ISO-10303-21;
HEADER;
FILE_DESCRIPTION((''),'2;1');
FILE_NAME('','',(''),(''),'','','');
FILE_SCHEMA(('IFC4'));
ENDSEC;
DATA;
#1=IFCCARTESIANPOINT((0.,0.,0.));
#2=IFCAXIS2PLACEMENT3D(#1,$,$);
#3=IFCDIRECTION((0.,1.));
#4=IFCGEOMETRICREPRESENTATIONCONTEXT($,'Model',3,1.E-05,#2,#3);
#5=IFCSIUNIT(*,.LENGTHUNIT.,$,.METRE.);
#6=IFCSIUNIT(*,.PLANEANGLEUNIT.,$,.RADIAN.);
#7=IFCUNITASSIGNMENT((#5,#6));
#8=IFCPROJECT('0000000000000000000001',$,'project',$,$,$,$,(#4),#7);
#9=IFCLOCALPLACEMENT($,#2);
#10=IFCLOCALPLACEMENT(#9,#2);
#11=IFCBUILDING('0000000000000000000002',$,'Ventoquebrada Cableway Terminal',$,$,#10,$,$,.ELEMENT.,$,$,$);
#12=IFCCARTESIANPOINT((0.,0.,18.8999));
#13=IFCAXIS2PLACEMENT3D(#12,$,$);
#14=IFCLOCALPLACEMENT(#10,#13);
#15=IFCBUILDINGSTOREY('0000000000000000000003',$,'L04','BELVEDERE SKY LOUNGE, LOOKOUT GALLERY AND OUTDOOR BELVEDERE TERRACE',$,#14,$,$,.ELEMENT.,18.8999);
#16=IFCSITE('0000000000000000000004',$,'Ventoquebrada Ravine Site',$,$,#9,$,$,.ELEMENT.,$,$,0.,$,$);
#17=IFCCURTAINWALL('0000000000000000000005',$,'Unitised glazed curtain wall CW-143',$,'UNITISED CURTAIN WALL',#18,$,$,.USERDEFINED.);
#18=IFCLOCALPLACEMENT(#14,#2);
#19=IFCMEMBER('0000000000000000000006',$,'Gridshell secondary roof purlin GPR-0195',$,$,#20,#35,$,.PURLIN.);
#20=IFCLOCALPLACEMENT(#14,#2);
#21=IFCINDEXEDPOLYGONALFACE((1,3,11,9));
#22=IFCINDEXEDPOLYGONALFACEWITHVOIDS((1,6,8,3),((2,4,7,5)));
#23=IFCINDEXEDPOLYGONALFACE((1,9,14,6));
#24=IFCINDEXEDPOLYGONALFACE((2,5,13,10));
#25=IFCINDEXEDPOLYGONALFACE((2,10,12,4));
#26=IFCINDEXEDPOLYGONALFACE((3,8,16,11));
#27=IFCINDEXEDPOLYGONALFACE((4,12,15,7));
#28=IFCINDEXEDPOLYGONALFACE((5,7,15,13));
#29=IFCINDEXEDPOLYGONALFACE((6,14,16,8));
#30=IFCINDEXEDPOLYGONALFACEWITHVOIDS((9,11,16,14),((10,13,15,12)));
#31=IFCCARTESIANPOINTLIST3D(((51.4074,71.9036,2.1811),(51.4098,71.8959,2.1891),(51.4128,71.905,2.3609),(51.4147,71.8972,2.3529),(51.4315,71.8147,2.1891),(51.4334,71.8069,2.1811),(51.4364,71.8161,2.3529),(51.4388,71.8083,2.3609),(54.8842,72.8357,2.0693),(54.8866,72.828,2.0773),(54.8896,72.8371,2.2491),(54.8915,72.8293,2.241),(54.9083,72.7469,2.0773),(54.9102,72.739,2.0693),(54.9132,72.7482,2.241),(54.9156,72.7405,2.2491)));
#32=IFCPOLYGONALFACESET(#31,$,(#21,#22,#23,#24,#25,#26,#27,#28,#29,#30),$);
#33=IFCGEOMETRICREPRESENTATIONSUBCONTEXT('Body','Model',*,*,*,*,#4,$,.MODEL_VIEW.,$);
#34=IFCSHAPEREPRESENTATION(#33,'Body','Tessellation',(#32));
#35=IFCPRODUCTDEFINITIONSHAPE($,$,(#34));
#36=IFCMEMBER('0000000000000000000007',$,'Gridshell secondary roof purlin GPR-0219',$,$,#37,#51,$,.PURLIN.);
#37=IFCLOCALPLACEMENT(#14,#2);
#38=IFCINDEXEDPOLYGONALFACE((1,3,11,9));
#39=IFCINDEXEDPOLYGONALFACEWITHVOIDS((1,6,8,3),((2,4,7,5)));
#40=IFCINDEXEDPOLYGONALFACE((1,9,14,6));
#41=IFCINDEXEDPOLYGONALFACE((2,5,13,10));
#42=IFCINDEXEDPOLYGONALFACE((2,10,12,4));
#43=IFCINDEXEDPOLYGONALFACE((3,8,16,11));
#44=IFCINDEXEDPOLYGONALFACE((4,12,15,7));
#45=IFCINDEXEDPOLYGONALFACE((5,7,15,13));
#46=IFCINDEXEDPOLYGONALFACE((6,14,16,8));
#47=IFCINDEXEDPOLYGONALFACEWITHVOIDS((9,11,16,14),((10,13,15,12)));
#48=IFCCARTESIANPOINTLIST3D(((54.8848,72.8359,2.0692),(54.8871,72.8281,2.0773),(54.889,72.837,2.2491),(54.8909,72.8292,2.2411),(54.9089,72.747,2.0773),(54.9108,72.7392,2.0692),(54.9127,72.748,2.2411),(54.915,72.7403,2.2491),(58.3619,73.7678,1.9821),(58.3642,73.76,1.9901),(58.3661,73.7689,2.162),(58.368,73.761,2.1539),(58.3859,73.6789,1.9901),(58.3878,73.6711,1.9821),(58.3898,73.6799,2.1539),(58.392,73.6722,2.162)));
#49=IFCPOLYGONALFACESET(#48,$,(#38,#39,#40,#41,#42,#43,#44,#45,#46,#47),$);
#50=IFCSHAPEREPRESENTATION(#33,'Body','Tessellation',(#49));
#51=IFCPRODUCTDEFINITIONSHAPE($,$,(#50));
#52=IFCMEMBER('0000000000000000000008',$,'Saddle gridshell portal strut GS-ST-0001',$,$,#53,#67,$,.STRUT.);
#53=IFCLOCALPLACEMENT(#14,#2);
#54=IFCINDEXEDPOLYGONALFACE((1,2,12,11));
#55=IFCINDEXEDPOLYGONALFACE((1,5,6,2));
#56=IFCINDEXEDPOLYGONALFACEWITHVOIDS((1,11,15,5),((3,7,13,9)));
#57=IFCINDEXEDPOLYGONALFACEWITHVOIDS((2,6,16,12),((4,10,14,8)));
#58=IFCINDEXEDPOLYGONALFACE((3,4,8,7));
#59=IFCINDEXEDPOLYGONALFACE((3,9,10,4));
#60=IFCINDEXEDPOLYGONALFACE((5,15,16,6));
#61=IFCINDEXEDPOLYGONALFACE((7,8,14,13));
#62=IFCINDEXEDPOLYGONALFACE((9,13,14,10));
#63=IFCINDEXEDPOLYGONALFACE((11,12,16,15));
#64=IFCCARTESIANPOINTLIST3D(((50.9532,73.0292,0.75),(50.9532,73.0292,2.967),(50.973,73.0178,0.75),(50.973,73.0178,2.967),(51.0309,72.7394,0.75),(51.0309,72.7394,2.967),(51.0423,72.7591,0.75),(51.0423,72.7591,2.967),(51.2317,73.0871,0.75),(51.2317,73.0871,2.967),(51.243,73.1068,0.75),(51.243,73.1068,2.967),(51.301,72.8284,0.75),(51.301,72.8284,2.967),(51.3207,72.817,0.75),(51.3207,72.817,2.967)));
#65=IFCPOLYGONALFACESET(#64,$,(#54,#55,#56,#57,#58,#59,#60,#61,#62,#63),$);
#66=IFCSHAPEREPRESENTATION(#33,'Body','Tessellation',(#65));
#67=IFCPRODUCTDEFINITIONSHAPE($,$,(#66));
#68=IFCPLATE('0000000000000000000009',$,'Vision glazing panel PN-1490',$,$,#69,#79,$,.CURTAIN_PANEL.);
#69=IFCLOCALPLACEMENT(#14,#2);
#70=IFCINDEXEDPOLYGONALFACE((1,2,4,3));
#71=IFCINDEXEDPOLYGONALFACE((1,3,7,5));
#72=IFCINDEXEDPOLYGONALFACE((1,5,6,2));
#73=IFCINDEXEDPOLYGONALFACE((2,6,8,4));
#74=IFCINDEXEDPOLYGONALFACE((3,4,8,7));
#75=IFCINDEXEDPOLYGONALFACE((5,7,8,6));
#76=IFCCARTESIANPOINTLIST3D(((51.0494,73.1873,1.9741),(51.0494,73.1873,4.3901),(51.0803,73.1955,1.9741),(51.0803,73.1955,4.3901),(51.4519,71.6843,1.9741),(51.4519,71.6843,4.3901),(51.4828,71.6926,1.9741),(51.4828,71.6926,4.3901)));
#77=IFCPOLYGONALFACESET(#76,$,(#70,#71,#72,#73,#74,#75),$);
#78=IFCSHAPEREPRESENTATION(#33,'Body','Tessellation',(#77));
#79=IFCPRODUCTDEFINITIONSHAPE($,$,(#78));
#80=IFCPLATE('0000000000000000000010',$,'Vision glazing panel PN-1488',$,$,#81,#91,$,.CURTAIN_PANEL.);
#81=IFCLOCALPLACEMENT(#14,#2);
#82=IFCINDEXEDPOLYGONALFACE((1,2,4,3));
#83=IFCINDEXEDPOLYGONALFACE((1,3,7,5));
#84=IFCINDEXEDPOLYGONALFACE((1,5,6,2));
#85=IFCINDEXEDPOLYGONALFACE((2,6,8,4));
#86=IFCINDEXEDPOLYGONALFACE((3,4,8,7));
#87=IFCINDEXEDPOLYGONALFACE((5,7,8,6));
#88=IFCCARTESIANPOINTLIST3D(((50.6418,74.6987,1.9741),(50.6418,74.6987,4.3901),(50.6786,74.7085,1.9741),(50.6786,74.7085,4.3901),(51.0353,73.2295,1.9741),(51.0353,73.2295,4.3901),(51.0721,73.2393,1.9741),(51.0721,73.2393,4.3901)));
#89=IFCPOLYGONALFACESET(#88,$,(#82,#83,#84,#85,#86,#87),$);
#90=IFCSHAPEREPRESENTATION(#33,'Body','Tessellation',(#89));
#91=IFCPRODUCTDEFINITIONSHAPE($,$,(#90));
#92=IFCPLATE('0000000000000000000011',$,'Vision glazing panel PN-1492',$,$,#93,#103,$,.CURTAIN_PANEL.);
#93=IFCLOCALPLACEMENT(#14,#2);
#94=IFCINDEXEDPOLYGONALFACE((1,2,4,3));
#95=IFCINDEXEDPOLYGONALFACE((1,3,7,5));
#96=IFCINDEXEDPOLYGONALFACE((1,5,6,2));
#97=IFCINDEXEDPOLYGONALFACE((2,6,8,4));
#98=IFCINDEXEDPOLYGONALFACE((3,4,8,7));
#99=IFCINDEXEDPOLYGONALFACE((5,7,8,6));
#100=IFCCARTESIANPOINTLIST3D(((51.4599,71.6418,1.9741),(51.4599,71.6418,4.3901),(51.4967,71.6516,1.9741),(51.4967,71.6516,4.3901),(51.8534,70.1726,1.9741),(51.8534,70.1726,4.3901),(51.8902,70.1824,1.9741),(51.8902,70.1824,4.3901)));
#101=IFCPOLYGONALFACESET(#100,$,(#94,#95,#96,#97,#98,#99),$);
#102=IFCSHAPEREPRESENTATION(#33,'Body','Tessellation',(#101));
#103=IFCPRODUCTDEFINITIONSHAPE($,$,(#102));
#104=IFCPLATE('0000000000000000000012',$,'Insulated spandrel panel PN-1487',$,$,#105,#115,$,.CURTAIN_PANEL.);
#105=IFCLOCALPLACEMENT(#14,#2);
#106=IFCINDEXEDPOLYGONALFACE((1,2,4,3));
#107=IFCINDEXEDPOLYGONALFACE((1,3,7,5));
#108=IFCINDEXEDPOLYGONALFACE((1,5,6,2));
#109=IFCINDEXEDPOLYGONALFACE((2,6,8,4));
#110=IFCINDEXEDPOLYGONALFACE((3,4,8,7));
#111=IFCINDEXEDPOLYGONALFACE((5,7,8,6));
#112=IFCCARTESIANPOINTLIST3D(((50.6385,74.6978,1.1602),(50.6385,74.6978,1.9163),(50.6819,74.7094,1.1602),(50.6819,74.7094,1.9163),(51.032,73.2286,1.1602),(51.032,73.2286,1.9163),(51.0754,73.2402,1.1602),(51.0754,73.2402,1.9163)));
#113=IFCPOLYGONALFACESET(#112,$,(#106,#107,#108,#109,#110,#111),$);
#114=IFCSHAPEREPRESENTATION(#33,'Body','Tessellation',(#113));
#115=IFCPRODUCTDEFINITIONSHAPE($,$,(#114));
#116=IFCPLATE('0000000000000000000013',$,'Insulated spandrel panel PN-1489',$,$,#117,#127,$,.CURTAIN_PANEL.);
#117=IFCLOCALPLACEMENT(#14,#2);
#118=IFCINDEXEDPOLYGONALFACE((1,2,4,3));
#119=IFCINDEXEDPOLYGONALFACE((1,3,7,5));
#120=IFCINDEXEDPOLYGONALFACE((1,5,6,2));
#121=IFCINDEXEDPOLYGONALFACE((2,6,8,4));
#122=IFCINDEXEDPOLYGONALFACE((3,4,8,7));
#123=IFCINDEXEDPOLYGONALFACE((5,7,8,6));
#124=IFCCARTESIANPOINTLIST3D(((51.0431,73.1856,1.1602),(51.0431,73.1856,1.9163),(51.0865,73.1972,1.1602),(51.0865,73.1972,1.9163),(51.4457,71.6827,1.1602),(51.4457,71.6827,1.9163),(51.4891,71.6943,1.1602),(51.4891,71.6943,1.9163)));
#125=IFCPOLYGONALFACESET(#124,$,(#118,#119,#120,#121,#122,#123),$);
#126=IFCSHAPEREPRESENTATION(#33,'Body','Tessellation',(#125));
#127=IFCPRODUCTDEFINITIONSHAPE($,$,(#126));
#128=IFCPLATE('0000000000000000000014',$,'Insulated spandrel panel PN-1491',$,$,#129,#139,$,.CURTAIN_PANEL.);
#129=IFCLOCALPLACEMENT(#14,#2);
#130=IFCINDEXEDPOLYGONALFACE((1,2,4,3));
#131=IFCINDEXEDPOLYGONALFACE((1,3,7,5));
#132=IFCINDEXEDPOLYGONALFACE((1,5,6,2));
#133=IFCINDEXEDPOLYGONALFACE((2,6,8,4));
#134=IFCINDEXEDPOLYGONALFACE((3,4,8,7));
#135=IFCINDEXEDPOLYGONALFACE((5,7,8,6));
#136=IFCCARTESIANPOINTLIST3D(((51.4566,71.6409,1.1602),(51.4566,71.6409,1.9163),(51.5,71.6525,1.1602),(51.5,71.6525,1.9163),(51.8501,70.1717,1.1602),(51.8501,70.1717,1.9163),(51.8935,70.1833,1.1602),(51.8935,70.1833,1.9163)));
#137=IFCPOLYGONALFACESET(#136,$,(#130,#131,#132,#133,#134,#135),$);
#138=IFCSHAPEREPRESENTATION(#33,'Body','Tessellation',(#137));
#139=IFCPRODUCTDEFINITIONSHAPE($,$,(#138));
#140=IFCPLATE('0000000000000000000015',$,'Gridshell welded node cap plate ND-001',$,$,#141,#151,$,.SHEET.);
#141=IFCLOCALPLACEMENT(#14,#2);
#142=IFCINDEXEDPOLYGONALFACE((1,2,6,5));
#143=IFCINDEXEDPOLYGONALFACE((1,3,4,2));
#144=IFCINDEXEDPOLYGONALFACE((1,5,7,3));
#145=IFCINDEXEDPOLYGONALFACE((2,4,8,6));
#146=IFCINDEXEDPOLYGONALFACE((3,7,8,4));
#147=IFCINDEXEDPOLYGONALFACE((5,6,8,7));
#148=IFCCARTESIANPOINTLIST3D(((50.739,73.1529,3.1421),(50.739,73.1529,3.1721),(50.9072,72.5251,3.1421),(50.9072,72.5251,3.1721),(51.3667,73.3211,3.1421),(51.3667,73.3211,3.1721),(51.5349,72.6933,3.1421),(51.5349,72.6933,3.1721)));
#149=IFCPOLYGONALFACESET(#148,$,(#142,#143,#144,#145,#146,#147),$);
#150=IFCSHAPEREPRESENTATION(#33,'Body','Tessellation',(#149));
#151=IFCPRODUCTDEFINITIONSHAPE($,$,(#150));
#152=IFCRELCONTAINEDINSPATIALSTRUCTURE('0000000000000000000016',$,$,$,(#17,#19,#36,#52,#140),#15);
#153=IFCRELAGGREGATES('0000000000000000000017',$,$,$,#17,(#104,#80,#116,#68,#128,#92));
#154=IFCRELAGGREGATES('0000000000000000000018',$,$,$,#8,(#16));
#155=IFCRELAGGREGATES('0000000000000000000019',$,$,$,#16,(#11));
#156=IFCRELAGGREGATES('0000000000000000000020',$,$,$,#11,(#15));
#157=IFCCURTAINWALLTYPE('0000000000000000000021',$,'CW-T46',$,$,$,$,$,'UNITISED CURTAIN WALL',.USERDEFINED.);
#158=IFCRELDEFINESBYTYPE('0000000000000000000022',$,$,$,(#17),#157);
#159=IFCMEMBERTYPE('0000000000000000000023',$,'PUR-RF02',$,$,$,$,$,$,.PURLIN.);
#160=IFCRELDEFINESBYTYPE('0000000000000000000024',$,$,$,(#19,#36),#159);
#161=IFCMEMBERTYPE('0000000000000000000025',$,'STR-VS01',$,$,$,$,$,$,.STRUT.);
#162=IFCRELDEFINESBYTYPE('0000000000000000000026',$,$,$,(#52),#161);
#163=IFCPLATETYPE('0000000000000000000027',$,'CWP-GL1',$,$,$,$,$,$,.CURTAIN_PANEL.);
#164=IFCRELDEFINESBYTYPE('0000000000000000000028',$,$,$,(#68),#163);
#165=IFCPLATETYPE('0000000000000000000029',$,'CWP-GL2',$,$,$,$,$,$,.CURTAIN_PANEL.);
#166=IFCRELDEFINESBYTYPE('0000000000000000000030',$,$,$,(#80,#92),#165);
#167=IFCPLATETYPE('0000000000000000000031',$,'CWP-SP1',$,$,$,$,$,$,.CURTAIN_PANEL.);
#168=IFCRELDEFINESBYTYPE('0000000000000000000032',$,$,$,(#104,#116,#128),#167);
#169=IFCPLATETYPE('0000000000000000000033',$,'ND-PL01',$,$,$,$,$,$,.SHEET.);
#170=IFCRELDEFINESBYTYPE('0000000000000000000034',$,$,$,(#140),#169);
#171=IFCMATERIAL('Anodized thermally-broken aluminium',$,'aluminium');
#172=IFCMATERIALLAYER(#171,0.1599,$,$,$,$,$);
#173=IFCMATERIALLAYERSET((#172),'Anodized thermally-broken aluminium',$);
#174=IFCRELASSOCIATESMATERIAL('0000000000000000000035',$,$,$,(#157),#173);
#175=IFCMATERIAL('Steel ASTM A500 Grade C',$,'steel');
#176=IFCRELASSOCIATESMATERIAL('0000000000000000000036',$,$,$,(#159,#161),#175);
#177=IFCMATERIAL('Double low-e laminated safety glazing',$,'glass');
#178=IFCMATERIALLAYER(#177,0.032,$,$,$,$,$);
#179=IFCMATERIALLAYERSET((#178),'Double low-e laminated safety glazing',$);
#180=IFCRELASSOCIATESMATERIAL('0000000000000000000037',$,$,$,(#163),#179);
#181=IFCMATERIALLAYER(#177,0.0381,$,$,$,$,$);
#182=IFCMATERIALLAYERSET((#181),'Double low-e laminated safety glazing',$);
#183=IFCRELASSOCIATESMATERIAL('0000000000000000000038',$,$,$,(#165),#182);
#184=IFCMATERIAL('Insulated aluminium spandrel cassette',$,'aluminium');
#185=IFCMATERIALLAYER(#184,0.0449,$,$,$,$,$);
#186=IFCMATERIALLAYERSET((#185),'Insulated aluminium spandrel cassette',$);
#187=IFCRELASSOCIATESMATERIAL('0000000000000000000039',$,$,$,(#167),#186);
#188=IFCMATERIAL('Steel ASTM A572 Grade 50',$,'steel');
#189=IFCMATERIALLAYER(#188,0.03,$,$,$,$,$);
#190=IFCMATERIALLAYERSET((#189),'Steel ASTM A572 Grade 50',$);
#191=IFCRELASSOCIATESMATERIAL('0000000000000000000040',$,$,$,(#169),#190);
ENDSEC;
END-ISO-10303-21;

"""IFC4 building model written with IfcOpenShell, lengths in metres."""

from ifc_helpers import new_model, si_unit, direction, frame, origin, origin_2d, place, context, subcontext, project, spatial, rectangle, hollow_rectangle, extrude, material, layer, layer_set, material_profile, profile_set, type_object, element, aggregate, save


model = new_model("IFC4")

# Units and contexts
model_context = context("Model", 3, precision=1e-05, world=origin(), true_north=direction((0.0, 1.0)))
body_context = subcontext(model_context, "Body", "Model", "MODEL_VIEW")
ifc_project = project(units=[si_unit("LENGTHUNIT", "METRE"), si_unit("PLANEANGLEUNIT", "RADIAN")], contexts=[model_context])

# Site, building, storey
site_placement = place(None, origin())
site = spatial("IfcSite", under=ifc_project, at=site_placement, Name="Ventoquebrada Ravine Site", CompositionType="ELEMENT", RefElevation=0.0)
building_placement = place(site_placement, origin())
building = spatial("IfcBuilding", under=site, at=building_placement, Name="Ventoquebrada Cableway Terminal", CompositionType="ELEMENT")
storey_placement = place(building_placement, frame((0.0, 0.0, 18.8999)))
storey = spatial("IfcBuildingStorey", under=building, at=storey_placement, Name="L04", Description="BELVEDERE SKY LOUNGE, LOOKOUT GALLERY AND OUTDOOR BELVEDERE TERRACE", CompositionType="ELEMENT", Elevation=18.8999)

# Shared definitions
ifc_material_1 = material(Name="Steel ASTM A500 Grade C", Category="steel")

# Curtain wall
ifc_material_2 = material(Name="Anodized thermally-broken aluminium", Category="aluminium")
ifc_layer_1 = layer(ifc_material_2, 0.1599)
ifc_layer_set_1 = layer_set([ifc_layer_1], Name="Anodized thermally-broken aluminium")
curtain_wall_type = type_object("IfcCurtainWallType", Name="CW-T46", ElementType="UNITISED CURTAIN WALL", PredefinedType="USERDEFINED", material=ifc_layer_set_1)
curtain_wall_placement = place(storey_placement, origin())
curtain_wall = element("IfcCurtainWall", 1, at=curtain_wall_placement, inside=storey, type_object=curtain_wall_type, Name="Unitised glazed curtain wall CW-143", ObjectType="UNITISED CURTAIN WALL", PredefinedType="USERDEFINED")

# Members
ifc_material_profile_1 = material_profile(ifc_material_1, hollow_rectangle(XDim=0.1001, YDim=0.1799, WallThickness=0.0081, at=origin_2d()), Name="RHS180X100X8")
ifc_profile_set_1 = profile_set([ifc_material_profile_1], Name="Steel ASTM A500 Grade C")
member_type_1 = type_object("IfcMemberType", Name="PUR-RF02", PredefinedType="PURLIN", material=ifc_profile_set_1)
member_1_placement = place(storey_placement, frame((51.4231, 71.856, 2.271), z_axis=(0.965424, 0.258829, -0.031049), x_axis=(-0.258954, 0.96589, 0.0)))
element("IfcMember", 2, at=member_1_placement, inside=storey, type_object=member_type_1, Name="Gridshell secondary roof purlin GPR-0195", PredefinedType="PURLIN", context=body_context, shape_type="SweptSolid", body=[
    extrude(hollow_rectangle(XDim=0.1001, YDim=0.1799, WallThickness=0.0081, at=origin_2d()), origin(), (0.0, 0.0, 1.0), 3.6013),
])
member_2_placement = place(storey_placement, frame((54.8999, 72.7881, 2.1592), z_axis=(0.965628, 0.258798, -0.024205), x_axis=(-0.258874, 0.965911, 0.0)))
element("IfcMember", 3, at=member_2_placement, inside=storey, type_object=member_type_1, Name="Gridshell secondary roof purlin GPR-0219", PredefinedType="PURLIN", context=body_context, shape_type="SweptSolid", body=[
    extrude(hollow_rectangle(XDim=0.1001, YDim=0.1799, WallThickness=0.0081, at=origin_2d()), origin(), (0.0, 0.0, 1.0), 3.6008),
])
ifc_material_profile_2 = material_profile(ifc_material_1, hollow_rectangle(XDim=0.3, YDim=0.3, WallThickness=0.0161, at=origin_2d()), Name="HSS300X300X16")
ifc_profile_set_2 = profile_set([ifc_material_profile_2], Name="Steel ASTM A500 Grade C")
member_type_2 = type_object("IfcMemberType", Name="STR-VS01", PredefinedType="STRUT", material=ifc_profile_set_2)
member_3_placement = place(storey_placement, frame((51.137, 72.9231, 0.75), z_axis=(0.0, 0.0, 1.0), x_axis=(0.965926, 0.258819, 0.0)))
element("IfcMember", 4, at=member_3_placement, inside=storey, type_object=member_type_2, Name="Saddle gridshell portal strut GS-ST-0001", PredefinedType="STRUT", context=body_context, shape_type="SweptSolid", body=[
    extrude(hollow_rectangle(XDim=0.3, YDim=0.3, WallThickness=0.0161, at=origin_2d()), origin(), (0.0, 0.0, 1.0), 2.217),
])

# Plates
ifc_material_3 = material(Name="Double low-e laminated safety glazing", Category="glass")
ifc_layer_2 = layer(ifc_material_3, 0.032)
ifc_layer_set_2 = layer_set([ifc_layer_2], Name="Double low-e laminated safety glazing")
plate_type_1 = type_object("IfcPlateType", Name="CWP-GL1", PredefinedType="CURTAIN_PANEL", material=ifc_layer_set_2)
plate_1_placement = place(storey_placement, frame((51.2661, 72.4399, 1.9741), z_axis=(0.0, 0.0, 1.0), x_axis=(0.258718, -0.965953, 0.0)))
plate_1 = element("IfcPlate", 5, at=plate_1_placement, type_object=plate_type_1, Name="Vision glazing panel PN-1490", PredefinedType="CURTAIN_PANEL", context=body_context, shape_type="SweptSolid", body=[
    extrude(rectangle(XDim=1.5559, YDim=0.032, at=origin_2d()), origin(), (0.0, 0.0, 1.0), 2.416),
])
ifc_layer_3 = layer(ifc_material_3, 0.0381)
ifc_layer_set_3 = layer_set([ifc_layer_3], Name="Double low-e laminated safety glazing")
plate_type_2 = type_object("IfcPlateType", Name="CWP-GL2", PredefinedType="CURTAIN_PANEL", material=ifc_layer_set_3)
plate_2_placement = place(storey_placement, frame((50.8569, 73.969, 1.9741), z_axis=(0.0, 0.0, 1.0), x_axis=(0.258718, -0.965953, 0.0)))
plate_2 = element("IfcPlate", 6, at=plate_2_placement, type_object=plate_type_2, Name="Vision glazing panel PN-1488", PredefinedType="CURTAIN_PANEL", context=body_context, shape_type="SweptSolid", body=[
    extrude(rectangle(XDim=1.521, YDim=0.0381, at=origin_2d()), origin(), (0.0, 0.0, 1.0), 2.416),
])
plate_3_placement = place(storey_placement, frame((51.675, 70.9121, 1.9741), z_axis=(0.0, 0.0, 1.0), x_axis=(0.258718, -0.965953, 0.0)))
plate_3 = element("IfcPlate", 7, at=plate_3_placement, type_object=plate_type_2, Name="Vision glazing panel PN-1492", PredefinedType="CURTAIN_PANEL", context=body_context, shape_type="SweptSolid", body=[
    extrude(rectangle(XDim=1.521, YDim=0.0381, at=origin_2d()), origin(), (0.0, 0.0, 1.0), 2.416),
])
ifc_material_4 = material(Name="Insulated aluminium spandrel cassette", Category="aluminium")
ifc_layer_4 = layer(ifc_material_4, 0.0449)
ifc_layer_set_4 = layer_set([ifc_layer_4], Name="Insulated aluminium spandrel cassette")
plate_type_3 = type_object("IfcPlateType", Name="CWP-SP1", PredefinedType="CURTAIN_PANEL", material=ifc_layer_set_4)
plate_4_placement = place(storey_placement, frame((50.8569, 73.969, 1.1602), z_axis=(0.0, 0.0, 1.0), x_axis=(0.258718, -0.965953, 0.0)))
plate_4 = element("IfcPlate", 8, at=plate_4_placement, type_object=plate_type_3, Name="Insulated spandrel panel PN-1487", PredefinedType="CURTAIN_PANEL", context=body_context, shape_type="SweptSolid", body=[
    extrude(rectangle(XDim=1.521, YDim=0.0449, at=origin_2d()), origin(), (0.0, 0.0, 1.0), 0.7561),
])
plate_5_placement = place(storey_placement, frame((51.2661, 72.4399, 1.1602), z_axis=(0.0, 0.0, 1.0), x_axis=(0.258718, -0.965953, 0.0)))
plate_5 = element("IfcPlate", 9, at=plate_5_placement, type_object=plate_type_3, Name="Insulated spandrel panel PN-1489", PredefinedType="CURTAIN_PANEL", context=body_context, shape_type="SweptSolid", body=[
    extrude(rectangle(XDim=1.5559, YDim=0.0449, at=origin_2d()), origin(), (0.0, 0.0, 1.0), 0.7561),
])
plate_6_placement = place(storey_placement, frame((51.675, 70.9121, 1.1602), z_axis=(0.0, 0.0, 1.0), x_axis=(0.258718, -0.965953, 0.0)))
plate_6 = element("IfcPlate", 10, at=plate_6_placement, type_object=plate_type_3, Name="Insulated spandrel panel PN-1491", PredefinedType="CURTAIN_PANEL", context=body_context, shape_type="SweptSolid", body=[
    extrude(rectangle(XDim=1.521, YDim=0.0449, at=origin_2d()), origin(), (0.0, 0.0, 1.0), 0.7561),
])
aggregate(curtain_wall, [plate_4, plate_2, plate_5, plate_1, plate_6, plate_3])
ifc_material_5 = material(Name="Steel ASTM A572 Grade 50", Category="steel")
ifc_layer_5 = layer(ifc_material_5, 0.03)
ifc_layer_set_5 = layer_set([ifc_layer_5], Name="Steel ASTM A572 Grade 50")
plate_type_4 = type_object("IfcPlateType", Name="ND-PL01", PredefinedType="SHEET", material=ifc_layer_set_5)
plate_7_placement = place(storey_placement, frame((51.137, 72.9231, 3.1421), z_axis=(0.0, 0.0, 1.0), x_axis=(0.965926, 0.258819, 0.0)))
element("IfcPlate", 11, at=plate_7_placement, inside=storey, type_object=plate_type_4, Name="Gridshell welded node cap plate ND-001", PredefinedType="SHEET", context=body_context, shape_type="SweptSolid", body=[
    extrude(rectangle(XDim=0.6499, YDim=0.6499, at=origin_2d()), origin(), (0.0, 0.0, 1.0), 0.03),
])

save(model, "model.ifc")
